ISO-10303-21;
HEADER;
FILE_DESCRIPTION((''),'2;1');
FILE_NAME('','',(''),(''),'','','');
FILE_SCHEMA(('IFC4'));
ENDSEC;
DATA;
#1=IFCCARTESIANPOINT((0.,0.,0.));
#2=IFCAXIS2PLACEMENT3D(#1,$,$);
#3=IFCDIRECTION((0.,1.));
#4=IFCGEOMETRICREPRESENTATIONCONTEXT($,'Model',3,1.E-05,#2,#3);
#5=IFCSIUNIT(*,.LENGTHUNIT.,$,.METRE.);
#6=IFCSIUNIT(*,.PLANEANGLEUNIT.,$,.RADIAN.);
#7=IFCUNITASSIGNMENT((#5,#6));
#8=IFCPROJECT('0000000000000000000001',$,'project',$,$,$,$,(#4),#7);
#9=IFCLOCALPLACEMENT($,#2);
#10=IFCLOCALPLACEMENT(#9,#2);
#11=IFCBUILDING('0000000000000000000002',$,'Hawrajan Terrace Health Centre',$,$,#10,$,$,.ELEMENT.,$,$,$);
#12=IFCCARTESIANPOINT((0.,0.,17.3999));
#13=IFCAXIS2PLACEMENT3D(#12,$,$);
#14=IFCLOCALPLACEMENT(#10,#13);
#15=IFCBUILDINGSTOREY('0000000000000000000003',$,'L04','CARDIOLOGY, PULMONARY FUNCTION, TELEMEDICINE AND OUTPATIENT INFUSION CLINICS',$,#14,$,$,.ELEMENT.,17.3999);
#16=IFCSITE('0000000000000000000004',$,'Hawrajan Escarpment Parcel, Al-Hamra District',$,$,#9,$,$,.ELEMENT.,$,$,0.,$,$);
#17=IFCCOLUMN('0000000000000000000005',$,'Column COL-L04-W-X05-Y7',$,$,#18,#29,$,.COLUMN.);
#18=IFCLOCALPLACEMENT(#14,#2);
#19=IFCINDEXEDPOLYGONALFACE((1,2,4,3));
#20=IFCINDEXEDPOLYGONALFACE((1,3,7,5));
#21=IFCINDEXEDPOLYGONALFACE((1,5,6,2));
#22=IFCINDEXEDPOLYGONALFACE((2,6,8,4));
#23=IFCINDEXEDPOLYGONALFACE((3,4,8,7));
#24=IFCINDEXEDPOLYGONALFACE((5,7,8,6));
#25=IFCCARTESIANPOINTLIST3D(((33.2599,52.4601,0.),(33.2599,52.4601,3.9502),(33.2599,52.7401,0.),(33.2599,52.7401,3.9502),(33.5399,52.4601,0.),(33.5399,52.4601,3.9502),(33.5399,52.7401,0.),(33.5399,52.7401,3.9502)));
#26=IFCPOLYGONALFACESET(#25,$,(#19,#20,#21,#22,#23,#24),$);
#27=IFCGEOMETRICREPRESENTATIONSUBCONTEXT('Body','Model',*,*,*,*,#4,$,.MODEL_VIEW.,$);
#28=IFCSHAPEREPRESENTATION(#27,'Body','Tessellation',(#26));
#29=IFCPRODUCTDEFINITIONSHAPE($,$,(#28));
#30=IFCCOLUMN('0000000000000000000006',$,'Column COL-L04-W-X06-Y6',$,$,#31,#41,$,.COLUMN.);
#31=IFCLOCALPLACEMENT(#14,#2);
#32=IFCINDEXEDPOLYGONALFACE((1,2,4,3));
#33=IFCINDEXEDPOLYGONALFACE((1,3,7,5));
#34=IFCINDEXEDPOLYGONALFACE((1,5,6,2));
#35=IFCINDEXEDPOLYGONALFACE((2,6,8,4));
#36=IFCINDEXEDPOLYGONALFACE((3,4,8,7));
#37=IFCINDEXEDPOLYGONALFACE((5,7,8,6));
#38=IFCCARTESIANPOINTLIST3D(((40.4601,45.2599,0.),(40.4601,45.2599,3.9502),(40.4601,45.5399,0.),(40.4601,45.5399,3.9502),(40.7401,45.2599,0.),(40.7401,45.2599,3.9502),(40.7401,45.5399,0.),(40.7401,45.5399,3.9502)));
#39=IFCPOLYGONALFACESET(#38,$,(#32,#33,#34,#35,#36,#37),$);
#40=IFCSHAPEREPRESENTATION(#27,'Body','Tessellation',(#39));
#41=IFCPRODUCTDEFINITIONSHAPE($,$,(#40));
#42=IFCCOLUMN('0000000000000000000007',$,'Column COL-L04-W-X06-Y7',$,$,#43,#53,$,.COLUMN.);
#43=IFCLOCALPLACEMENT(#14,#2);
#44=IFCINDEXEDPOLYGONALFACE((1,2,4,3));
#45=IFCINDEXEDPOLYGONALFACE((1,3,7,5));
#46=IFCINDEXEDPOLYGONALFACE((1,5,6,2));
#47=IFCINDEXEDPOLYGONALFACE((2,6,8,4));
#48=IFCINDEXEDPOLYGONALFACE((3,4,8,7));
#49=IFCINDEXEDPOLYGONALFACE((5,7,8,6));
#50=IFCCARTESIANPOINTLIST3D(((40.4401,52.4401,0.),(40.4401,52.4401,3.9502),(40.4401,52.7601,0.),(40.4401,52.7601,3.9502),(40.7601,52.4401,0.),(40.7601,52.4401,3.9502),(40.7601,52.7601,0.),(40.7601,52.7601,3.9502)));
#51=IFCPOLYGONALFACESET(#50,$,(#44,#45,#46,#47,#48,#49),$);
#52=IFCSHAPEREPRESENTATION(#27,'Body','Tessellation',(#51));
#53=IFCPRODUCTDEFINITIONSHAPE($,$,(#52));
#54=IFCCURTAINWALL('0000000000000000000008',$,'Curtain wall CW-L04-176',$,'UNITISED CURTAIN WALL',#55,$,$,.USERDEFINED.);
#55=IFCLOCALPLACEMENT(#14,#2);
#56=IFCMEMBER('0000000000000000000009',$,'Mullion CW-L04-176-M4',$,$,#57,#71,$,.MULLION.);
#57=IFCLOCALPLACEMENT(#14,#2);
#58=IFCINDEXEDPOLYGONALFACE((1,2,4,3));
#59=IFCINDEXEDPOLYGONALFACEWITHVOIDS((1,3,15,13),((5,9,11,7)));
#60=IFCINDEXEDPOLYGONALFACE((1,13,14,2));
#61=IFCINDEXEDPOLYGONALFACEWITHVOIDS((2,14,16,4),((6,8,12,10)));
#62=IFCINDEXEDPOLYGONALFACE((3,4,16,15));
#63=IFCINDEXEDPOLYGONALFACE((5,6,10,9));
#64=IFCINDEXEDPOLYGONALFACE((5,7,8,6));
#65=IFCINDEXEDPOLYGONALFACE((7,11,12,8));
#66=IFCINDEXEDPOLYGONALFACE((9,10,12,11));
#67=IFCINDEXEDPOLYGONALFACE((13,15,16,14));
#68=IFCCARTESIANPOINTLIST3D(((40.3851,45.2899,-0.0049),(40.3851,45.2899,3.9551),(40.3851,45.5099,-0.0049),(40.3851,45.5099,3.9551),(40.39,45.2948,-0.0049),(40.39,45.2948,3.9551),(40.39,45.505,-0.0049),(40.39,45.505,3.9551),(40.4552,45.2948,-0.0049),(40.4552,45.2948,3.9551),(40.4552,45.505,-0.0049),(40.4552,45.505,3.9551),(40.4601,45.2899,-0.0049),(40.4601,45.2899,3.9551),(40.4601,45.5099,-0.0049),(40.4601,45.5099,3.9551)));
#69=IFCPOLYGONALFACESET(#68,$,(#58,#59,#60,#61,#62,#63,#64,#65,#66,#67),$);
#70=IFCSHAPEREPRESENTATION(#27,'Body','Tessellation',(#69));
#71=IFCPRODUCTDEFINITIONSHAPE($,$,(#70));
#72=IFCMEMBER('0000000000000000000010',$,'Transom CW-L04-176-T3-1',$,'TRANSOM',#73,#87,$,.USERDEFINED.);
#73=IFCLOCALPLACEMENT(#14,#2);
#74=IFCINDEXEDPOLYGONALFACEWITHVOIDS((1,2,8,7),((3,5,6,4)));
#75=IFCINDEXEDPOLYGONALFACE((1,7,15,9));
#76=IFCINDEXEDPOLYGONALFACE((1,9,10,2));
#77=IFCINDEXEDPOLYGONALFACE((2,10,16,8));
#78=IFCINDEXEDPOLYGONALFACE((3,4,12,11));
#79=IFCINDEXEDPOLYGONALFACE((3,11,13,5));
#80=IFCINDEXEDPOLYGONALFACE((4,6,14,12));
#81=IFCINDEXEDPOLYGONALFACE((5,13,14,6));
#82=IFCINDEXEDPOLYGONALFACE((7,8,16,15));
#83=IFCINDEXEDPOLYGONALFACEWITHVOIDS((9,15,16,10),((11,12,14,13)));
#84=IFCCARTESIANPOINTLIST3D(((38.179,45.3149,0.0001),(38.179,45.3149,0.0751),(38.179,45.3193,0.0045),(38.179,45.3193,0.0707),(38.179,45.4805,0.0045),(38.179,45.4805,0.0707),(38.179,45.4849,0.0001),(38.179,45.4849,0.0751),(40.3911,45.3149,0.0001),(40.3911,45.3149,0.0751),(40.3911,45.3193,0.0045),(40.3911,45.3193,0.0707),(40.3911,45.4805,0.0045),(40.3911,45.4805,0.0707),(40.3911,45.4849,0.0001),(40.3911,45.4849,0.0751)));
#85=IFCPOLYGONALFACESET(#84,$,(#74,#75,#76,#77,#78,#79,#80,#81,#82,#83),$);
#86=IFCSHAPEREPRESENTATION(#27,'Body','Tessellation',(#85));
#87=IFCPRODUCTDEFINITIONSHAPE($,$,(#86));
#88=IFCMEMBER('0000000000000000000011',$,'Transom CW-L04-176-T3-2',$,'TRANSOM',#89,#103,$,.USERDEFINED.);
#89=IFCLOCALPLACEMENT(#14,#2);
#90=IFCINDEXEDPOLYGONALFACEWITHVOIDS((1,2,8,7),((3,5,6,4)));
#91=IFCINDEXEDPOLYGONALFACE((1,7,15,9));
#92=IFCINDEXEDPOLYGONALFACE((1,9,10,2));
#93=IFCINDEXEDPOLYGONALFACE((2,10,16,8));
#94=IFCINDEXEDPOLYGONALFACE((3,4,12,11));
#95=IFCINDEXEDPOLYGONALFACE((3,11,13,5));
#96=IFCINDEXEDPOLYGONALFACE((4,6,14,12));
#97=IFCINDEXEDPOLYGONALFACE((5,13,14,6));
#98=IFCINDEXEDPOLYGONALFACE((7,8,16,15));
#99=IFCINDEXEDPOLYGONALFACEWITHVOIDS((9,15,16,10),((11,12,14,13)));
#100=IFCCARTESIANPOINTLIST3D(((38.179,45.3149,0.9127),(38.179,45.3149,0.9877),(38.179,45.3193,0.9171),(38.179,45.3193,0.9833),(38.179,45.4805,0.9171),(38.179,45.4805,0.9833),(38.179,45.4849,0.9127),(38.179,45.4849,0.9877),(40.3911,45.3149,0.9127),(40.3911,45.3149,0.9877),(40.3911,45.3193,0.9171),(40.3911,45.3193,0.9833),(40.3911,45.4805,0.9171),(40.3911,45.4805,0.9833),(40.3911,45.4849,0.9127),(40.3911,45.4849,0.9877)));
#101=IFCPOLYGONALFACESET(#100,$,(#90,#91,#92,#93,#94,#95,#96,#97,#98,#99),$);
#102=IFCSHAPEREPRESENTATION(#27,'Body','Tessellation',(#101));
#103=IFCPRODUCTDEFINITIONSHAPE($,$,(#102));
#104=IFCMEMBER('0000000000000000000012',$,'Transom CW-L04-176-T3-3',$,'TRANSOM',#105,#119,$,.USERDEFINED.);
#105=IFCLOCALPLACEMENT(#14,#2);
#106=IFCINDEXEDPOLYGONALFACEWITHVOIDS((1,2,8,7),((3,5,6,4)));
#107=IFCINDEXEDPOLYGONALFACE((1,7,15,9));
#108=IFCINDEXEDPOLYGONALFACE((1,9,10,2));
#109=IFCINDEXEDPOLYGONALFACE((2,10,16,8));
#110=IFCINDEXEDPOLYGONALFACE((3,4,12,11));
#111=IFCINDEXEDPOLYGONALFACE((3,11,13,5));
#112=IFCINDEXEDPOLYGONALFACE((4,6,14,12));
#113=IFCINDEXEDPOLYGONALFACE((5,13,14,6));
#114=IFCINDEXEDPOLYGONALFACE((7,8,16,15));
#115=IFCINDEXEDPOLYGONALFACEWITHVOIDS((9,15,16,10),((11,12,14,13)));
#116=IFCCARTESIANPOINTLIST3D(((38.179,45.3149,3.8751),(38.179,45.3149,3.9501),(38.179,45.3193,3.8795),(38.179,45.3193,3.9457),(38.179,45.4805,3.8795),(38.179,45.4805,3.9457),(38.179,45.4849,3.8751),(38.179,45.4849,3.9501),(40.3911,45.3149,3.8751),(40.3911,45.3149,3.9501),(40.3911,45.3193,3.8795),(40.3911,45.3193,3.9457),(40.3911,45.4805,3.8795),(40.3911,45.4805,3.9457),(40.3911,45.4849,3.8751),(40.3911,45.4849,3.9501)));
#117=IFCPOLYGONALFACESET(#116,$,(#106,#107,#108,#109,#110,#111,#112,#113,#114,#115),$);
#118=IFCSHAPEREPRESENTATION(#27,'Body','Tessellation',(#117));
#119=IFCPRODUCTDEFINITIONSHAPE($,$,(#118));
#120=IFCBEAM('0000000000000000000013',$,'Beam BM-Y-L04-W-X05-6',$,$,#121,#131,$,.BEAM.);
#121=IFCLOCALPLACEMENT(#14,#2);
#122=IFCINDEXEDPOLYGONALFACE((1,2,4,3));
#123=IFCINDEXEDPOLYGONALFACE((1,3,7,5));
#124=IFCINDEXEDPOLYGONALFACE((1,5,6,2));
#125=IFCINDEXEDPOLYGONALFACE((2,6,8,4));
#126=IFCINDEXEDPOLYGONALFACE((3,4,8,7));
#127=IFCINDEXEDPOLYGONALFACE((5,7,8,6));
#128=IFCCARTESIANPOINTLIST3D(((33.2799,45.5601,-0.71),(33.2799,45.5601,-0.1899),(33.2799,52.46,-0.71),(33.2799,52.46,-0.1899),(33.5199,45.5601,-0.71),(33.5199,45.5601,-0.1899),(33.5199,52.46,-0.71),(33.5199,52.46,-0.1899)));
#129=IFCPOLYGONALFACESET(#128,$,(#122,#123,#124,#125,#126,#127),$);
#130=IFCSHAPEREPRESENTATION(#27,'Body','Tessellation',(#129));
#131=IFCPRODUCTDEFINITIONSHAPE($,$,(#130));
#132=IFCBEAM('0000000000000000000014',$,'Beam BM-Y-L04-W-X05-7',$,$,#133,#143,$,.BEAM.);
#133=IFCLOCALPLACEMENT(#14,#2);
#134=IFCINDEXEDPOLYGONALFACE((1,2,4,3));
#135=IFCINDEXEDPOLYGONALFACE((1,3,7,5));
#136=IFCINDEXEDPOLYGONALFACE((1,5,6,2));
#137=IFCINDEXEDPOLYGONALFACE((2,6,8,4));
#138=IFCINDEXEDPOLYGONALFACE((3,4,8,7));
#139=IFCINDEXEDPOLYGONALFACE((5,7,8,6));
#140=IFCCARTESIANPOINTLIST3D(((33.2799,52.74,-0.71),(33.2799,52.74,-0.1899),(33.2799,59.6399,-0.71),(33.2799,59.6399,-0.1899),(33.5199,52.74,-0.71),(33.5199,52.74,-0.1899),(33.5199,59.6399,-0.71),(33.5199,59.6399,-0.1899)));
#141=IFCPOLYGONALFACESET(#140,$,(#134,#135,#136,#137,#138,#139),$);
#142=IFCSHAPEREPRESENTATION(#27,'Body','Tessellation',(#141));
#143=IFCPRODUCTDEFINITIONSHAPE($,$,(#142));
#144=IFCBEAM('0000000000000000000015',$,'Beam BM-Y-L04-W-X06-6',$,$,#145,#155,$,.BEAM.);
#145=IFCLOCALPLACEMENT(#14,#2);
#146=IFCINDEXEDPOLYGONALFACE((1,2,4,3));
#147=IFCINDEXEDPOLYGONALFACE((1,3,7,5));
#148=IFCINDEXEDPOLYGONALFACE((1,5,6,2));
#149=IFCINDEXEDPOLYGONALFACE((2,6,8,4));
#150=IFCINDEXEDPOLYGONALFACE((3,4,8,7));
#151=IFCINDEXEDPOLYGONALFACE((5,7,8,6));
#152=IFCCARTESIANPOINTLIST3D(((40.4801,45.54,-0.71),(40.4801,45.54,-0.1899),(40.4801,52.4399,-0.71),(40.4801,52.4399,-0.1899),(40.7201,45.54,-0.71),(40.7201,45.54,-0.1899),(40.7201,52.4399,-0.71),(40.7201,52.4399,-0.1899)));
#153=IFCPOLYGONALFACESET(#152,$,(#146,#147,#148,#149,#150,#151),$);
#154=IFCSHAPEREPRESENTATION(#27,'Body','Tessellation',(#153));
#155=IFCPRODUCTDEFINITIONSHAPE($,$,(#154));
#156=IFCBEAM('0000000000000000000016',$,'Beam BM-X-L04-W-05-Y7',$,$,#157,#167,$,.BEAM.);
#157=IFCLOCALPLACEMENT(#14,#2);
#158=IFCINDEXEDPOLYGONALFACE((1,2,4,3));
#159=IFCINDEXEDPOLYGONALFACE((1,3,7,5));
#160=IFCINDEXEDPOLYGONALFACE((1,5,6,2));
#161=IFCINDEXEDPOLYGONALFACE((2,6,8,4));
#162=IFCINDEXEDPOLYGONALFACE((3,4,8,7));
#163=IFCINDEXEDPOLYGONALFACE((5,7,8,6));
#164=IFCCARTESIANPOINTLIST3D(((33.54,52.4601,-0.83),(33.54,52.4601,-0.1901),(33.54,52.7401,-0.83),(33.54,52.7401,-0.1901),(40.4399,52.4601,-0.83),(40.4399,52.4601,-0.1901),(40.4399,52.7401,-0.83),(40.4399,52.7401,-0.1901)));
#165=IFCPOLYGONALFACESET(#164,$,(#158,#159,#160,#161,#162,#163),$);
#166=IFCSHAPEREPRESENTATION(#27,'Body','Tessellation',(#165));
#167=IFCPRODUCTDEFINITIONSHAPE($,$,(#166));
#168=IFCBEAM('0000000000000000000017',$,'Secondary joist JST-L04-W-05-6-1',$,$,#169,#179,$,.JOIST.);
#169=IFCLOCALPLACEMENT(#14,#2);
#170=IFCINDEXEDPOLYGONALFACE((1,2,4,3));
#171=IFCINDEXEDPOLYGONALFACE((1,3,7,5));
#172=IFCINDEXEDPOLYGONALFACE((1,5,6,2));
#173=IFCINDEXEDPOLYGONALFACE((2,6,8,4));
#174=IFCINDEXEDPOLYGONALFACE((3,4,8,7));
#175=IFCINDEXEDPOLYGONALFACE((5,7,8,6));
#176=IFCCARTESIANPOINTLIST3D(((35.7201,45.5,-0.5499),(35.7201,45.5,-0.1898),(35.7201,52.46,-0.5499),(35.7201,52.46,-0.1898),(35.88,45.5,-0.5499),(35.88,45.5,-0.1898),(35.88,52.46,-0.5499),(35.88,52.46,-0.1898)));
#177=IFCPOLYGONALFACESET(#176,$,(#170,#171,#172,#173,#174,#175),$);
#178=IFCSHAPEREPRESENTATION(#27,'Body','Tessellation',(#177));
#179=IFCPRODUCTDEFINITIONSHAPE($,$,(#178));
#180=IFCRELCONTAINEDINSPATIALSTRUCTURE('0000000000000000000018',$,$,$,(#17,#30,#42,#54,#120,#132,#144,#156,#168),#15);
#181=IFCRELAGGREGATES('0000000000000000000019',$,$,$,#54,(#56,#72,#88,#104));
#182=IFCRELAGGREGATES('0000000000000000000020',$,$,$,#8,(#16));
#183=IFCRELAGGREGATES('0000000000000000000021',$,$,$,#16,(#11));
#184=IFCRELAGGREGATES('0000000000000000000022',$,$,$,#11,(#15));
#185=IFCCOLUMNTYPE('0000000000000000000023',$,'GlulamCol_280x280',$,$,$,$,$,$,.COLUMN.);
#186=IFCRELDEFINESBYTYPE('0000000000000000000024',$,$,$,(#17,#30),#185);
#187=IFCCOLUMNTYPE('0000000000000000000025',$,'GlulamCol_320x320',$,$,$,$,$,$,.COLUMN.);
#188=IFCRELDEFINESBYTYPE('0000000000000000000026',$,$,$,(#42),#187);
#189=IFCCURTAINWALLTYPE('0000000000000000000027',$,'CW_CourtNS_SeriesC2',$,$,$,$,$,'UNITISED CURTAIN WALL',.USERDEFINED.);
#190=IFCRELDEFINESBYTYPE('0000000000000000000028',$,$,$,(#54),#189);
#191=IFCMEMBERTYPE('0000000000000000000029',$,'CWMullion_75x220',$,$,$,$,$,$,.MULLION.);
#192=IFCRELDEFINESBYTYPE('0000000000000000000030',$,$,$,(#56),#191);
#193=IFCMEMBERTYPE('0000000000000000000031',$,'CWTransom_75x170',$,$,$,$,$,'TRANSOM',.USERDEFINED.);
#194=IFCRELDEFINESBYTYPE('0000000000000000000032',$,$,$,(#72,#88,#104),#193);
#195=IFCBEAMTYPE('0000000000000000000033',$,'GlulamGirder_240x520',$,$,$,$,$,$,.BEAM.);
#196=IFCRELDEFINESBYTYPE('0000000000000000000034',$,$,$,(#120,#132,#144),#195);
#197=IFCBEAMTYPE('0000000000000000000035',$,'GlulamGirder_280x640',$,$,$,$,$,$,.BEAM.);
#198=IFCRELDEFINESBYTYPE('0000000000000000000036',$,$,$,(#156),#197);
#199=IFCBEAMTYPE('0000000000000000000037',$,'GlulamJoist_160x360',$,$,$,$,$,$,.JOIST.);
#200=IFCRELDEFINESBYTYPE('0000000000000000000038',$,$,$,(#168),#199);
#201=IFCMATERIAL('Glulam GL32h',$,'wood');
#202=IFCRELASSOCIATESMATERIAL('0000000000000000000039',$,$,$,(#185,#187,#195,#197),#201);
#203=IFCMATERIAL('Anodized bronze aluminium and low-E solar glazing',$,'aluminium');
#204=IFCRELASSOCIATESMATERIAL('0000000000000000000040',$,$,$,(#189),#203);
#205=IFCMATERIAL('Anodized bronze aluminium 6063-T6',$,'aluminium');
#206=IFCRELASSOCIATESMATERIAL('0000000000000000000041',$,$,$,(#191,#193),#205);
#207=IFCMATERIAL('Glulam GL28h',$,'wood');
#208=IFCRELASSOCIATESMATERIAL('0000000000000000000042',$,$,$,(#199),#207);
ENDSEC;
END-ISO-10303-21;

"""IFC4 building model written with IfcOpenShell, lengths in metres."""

from ifc_helpers import new_model, si_unit, direction, frame, origin, origin_2d, place, context, subcontext, project, spatial, rectangle, hollow_rectangle, extrude, material, material_profile, profile_set, type_object, element, aggregate, save


model = new_model("IFC4")

# Units and contexts
model_context = context("Model", 3, precision=1e-05, world=origin(), true_north=direction((0.0, 1.0)))
body_context = subcontext(model_context, "Body", "Model", "MODEL_VIEW")
ifc_project = project(units=[si_unit("LENGTHUNIT", "METRE"), si_unit("PLANEANGLEUNIT", "RADIAN")], contexts=[model_context])

# Site, building, storey
site_placement = place(None, origin())
site = spatial("IfcSite", under=ifc_project, at=site_placement, Name="Hawrajan Escarpment Parcel, Al-Hamra District", CompositionType="ELEMENT", RefElevation=0.0)
building_placement = place(site_placement, origin())
building = spatial("IfcBuilding", under=site, at=building_placement, Name="Hawrajan Terrace Health Centre", CompositionType="ELEMENT")
storey_placement = place(building_placement, frame((0.0, 0.0, 17.3999)))
storey = spatial("IfcBuildingStorey", under=building, at=storey_placement, Name="L04", Description="CARDIOLOGY, PULMONARY FUNCTION, TELEMEDICINE AND OUTPATIENT INFUSION CLINICS", CompositionType="ELEMENT", Elevation=17.3999)

# Columns
ifc_material_1 = material(Name="Glulam GL32h", Category="wood")
ifc_material_profile_1 = material_profile(ifc_material_1, rectangle(XDim=0.28, YDim=0.28, at=origin_2d()), Name="GL 280x280")
ifc_profile_set_1 = profile_set([ifc_material_profile_1], Name="Glulam GL32h")
column_type_1 = type_object("IfcColumnType", Name="GlulamCol_280x280", PredefinedType="COLUMN", material=ifc_profile_set_1)
for number, where, z_axis, x_axis, name in (
    (1, (33.3999, 52.6001, 0.0), (0.0, 0.0, 1.0), (1.0, 0.0, 0.0), "Column COL-L04-W-X05-Y7"),
    (2, (40.6001, 45.3999, 0.0), (0.0, 0.0, 1.0), (1.0, 0.0, 0.0), "Column COL-L04-W-X06-Y6"),
):
    element("IfcColumn", number, at=place(storey_placement, frame(where, z_axis=z_axis, x_axis=x_axis)), inside=storey, type_object=column_type_1, Name=name, PredefinedType="COLUMN", context=body_context, shape_type="SweptSolid", body=[
        extrude(rectangle(XDim=0.28, YDim=0.28, at=origin_2d()), origin(), (0.0, 0.0, 1.0), 3.9502),
    ])
ifc_material_profile_2 = material_profile(ifc_material_1, rectangle(XDim=0.3201, YDim=0.3201, at=origin_2d()), Name="GL 320x320")
ifc_profile_set_2 = profile_set([ifc_material_profile_2], Name="Glulam GL32h")
column_type_2 = type_object("IfcColumnType", Name="GlulamCol_320x320", PredefinedType="COLUMN", material=ifc_profile_set_2)
column_placement = place(storey_placement, frame((40.6001, 52.6001, 0.0), z_axis=(0.0, 0.0, 1.0), x_axis=(1.0, 0.0, 0.0)))
element("IfcColumn", 3, at=column_placement, inside=storey, type_object=column_type_2, Name="Column COL-L04-W-X06-Y7", PredefinedType="COLUMN", context=body_context, shape_type="SweptSolid", body=[
    extrude(rectangle(XDim=0.3201, YDim=0.3201, at=origin_2d()), origin(), (0.0, 0.0, 1.0), 3.9502),
])

# Curtain wall, members
ifc_material_2 = material(Name="Anodized bronze aluminium and low-E solar glazing", Category="aluminium")
curtain_wall_type = type_object("IfcCurtainWallType", Name="CW_CourtNS_SeriesC2", ElementType="UNITISED CURTAIN WALL", PredefinedType="USERDEFINED", material=ifc_material_2)
curtain_wall_placement = place(storey_placement, origin())
curtain_wall = element("IfcCurtainWall", 4, at=curtain_wall_placement, inside=storey, type_object=curtain_wall_type, Name="Curtain wall CW-L04-176", ObjectType="UNITISED CURTAIN WALL", PredefinedType="USERDEFINED")
ifc_material_3 = material(Name="Anodized bronze aluminium 6063-T6", Category="aluminium")
ifc_material_profile_3 = material_profile(ifc_material_3, hollow_rectangle(XDim=0.075, YDim=0.22, WallThickness=0.0049, at=origin_2d()), Name="CW MUL 75x220")
ifc_profile_set_3 = profile_set([ifc_material_profile_3], Name="Anodized bronze aluminium 6063-T6")
member_type_1 = type_object("IfcMemberType", Name="CWMullion_75x220", PredefinedType="MULLION", material=ifc_profile_set_3)
member_1_placement = place(storey_placement, frame((40.4226, 45.3999, -0.0049), z_axis=(0.0, 0.0, 1.0), x_axis=(1.0, 0.0, 0.0)))
member_1 = element("IfcMember", 5, at=member_1_placement, type_object=member_type_1, Name="Mullion CW-L04-176-M4", PredefinedType="MULLION", context=body_context, shape_type="SweptSolid", body=[
    extrude(hollow_rectangle(XDim=0.075, YDim=0.22, WallThickness=0.0049, at=origin_2d()), origin(), (0.0, 0.0, 1.0), 3.96),
])
ifc_material_profile_4 = material_profile(ifc_material_3, hollow_rectangle(XDim=0.075, YDim=0.1699, WallThickness=0.0044, at=origin_2d()), Name="CW TRN 75x170")
ifc_profile_set_4 = profile_set([ifc_material_profile_4], Name="Anodized bronze aluminium 6063-T6")
member_type_2 = type_object("IfcMemberType", Name="CWTransom_75x170", ElementType="TRANSOM", PredefinedType="USERDEFINED", material=ifc_profile_set_4)
member_2_placement = place(storey_placement, frame((38.179, 45.3999, 0.0376), z_axis=(1.0, 0.0, 0.0), x_axis=(0.0, 0.0, 1.0)))
member_2 = element("IfcMember", 6, at=member_2_placement, type_object=member_type_2, Name="Transom CW-L04-176-T3-1", ObjectType="TRANSOM", PredefinedType="USERDEFINED", context=body_context, shape_type="SweptSolid", body=[
    extrude(hollow_rectangle(XDim=0.075, YDim=0.1699, WallThickness=0.0044, at=origin_2d()), origin(), (0.0, 0.0, 1.0), 2.2122),
])
member_3_placement = place(storey_placement, frame((38.179, 45.3999, 0.9502), z_axis=(1.0, 0.0, 0.0), x_axis=(0.0, 0.0, 1.0)))
member_3 = element("IfcMember", 7, at=member_3_placement, type_object=member_type_2, Name="Transom CW-L04-176-T3-2", ObjectType="TRANSOM", PredefinedType="USERDEFINED", context=body_context, shape_type="SweptSolid", body=[
    extrude(hollow_rectangle(XDim=0.075, YDim=0.1699, WallThickness=0.0044, at=origin_2d()), origin(), (0.0, 0.0, 1.0), 2.2122),
])
member_4_placement = place(storey_placement, frame((38.179, 45.3999, 3.9126), z_axis=(1.0, 0.0, 0.0), x_axis=(0.0, 0.0, 1.0)))
member_4 = element("IfcMember", 8, at=member_4_placement, type_object=member_type_2, Name="Transom CW-L04-176-T3-3", ObjectType="TRANSOM", PredefinedType="USERDEFINED", context=body_context, shape_type="SweptSolid", body=[
    extrude(hollow_rectangle(XDim=0.075, YDim=0.1699, WallThickness=0.0044, at=origin_2d()), origin(), (0.0, 0.0, 1.0), 2.2122),
])

# Beams
ifc_material_profile_5 = material_profile(ifc_material_1, rectangle(XDim=0.24, YDim=0.52, at=origin_2d()), Name="GL BM 240x520")
ifc_profile_set_5 = profile_set([ifc_material_profile_5], Name="Glulam GL32h")
beam_type_1 = type_object("IfcBeamType", Name="GlulamGirder_240x520", PredefinedType="BEAM", material=ifc_profile_set_5)
for number, where, z_axis, x_axis, name in (
    (9, (33.3999, 45.5601, -0.45), (0.0, 1.0, 0.0), (-1.0, 0.0, 0.0), "Beam BM-Y-L04-W-X05-6"),
    (10, (33.3999, 52.74, -0.45), (0.0, 1.0, 0.0), (-1.0, 0.0, 0.0), "Beam BM-Y-L04-W-X05-7"),
    (11, (40.6001, 45.54, -0.45), (0.0, 1.0, 0.0), (-1.0, 0.0, 0.0), "Beam BM-Y-L04-W-X06-6"),
):
    element("IfcBeam", number, at=place(storey_placement, frame(where, z_axis=z_axis, x_axis=x_axis)), inside=storey, type_object=beam_type_1, Name=name, PredefinedType="BEAM", context=body_context, shape_type="SweptSolid", body=[
        extrude(rectangle(XDim=0.24, YDim=0.52, at=origin_2d()), origin(), (0.0, 0.0, 1.0), 6.8999),
    ])
ifc_material_profile_6 = material_profile(ifc_material_1, rectangle(XDim=0.28, YDim=0.6399, at=origin_2d()), Name="GL BM 280x640")
ifc_profile_set_6 = profile_set([ifc_material_profile_6], Name="Glulam GL32h")
beam_type_2 = type_object("IfcBeamType", Name="GlulamGirder_280x640", PredefinedType="BEAM", material=ifc_profile_set_6)
beam_1_placement = place(storey_placement, frame((33.54, 52.6001, -0.51), z_axis=(1.0, 0.0, 0.0), x_axis=(0.0, 1.0, 0.0)))
element("IfcBeam", 12, at=beam_1_placement, inside=storey, type_object=beam_type_2, Name="Beam BM-X-L04-W-05-Y7", PredefinedType="BEAM", context=body_context, shape_type="SweptSolid", body=[
    extrude(rectangle(XDim=0.28, YDim=0.6399, at=origin_2d()), origin(), (0.0, 0.0, 1.0), 6.8999),
])
ifc_material_4 = material(Name="Glulam GL28h", Category="wood")
ifc_material_profile_7 = material_profile(ifc_material_4, rectangle(XDim=0.1599, YDim=0.3601, at=origin_2d()), Name="GL JST 160x360")
ifc_profile_set_7 = profile_set([ifc_material_profile_7], Name="Glulam GL28h")
beam_type_3 = type_object("IfcBeamType", Name="GlulamJoist_160x360", PredefinedType="JOIST", material=ifc_profile_set_7)
beam_2_placement = place(storey_placement, frame((35.8, 45.5, -0.3699), z_axis=(0.0, 1.0, 0.0), x_axis=(-1.0, 0.0, 0.0)))
element("IfcBeam", 13, at=beam_2_placement, inside=storey, type_object=beam_type_3, Name="Secondary joist JST-L04-W-05-6-1", PredefinedType="JOIST", context=body_context, shape_type="SweptSolid", body=[
    extrude(rectangle(XDim=0.1599, YDim=0.3601, at=origin_2d()), origin(), (0.0, 0.0, 1.0), 6.96),
])

aggregate(curtain_wall, [member_1, member_2, member_3, member_4])

save(model, "model.ifc")
